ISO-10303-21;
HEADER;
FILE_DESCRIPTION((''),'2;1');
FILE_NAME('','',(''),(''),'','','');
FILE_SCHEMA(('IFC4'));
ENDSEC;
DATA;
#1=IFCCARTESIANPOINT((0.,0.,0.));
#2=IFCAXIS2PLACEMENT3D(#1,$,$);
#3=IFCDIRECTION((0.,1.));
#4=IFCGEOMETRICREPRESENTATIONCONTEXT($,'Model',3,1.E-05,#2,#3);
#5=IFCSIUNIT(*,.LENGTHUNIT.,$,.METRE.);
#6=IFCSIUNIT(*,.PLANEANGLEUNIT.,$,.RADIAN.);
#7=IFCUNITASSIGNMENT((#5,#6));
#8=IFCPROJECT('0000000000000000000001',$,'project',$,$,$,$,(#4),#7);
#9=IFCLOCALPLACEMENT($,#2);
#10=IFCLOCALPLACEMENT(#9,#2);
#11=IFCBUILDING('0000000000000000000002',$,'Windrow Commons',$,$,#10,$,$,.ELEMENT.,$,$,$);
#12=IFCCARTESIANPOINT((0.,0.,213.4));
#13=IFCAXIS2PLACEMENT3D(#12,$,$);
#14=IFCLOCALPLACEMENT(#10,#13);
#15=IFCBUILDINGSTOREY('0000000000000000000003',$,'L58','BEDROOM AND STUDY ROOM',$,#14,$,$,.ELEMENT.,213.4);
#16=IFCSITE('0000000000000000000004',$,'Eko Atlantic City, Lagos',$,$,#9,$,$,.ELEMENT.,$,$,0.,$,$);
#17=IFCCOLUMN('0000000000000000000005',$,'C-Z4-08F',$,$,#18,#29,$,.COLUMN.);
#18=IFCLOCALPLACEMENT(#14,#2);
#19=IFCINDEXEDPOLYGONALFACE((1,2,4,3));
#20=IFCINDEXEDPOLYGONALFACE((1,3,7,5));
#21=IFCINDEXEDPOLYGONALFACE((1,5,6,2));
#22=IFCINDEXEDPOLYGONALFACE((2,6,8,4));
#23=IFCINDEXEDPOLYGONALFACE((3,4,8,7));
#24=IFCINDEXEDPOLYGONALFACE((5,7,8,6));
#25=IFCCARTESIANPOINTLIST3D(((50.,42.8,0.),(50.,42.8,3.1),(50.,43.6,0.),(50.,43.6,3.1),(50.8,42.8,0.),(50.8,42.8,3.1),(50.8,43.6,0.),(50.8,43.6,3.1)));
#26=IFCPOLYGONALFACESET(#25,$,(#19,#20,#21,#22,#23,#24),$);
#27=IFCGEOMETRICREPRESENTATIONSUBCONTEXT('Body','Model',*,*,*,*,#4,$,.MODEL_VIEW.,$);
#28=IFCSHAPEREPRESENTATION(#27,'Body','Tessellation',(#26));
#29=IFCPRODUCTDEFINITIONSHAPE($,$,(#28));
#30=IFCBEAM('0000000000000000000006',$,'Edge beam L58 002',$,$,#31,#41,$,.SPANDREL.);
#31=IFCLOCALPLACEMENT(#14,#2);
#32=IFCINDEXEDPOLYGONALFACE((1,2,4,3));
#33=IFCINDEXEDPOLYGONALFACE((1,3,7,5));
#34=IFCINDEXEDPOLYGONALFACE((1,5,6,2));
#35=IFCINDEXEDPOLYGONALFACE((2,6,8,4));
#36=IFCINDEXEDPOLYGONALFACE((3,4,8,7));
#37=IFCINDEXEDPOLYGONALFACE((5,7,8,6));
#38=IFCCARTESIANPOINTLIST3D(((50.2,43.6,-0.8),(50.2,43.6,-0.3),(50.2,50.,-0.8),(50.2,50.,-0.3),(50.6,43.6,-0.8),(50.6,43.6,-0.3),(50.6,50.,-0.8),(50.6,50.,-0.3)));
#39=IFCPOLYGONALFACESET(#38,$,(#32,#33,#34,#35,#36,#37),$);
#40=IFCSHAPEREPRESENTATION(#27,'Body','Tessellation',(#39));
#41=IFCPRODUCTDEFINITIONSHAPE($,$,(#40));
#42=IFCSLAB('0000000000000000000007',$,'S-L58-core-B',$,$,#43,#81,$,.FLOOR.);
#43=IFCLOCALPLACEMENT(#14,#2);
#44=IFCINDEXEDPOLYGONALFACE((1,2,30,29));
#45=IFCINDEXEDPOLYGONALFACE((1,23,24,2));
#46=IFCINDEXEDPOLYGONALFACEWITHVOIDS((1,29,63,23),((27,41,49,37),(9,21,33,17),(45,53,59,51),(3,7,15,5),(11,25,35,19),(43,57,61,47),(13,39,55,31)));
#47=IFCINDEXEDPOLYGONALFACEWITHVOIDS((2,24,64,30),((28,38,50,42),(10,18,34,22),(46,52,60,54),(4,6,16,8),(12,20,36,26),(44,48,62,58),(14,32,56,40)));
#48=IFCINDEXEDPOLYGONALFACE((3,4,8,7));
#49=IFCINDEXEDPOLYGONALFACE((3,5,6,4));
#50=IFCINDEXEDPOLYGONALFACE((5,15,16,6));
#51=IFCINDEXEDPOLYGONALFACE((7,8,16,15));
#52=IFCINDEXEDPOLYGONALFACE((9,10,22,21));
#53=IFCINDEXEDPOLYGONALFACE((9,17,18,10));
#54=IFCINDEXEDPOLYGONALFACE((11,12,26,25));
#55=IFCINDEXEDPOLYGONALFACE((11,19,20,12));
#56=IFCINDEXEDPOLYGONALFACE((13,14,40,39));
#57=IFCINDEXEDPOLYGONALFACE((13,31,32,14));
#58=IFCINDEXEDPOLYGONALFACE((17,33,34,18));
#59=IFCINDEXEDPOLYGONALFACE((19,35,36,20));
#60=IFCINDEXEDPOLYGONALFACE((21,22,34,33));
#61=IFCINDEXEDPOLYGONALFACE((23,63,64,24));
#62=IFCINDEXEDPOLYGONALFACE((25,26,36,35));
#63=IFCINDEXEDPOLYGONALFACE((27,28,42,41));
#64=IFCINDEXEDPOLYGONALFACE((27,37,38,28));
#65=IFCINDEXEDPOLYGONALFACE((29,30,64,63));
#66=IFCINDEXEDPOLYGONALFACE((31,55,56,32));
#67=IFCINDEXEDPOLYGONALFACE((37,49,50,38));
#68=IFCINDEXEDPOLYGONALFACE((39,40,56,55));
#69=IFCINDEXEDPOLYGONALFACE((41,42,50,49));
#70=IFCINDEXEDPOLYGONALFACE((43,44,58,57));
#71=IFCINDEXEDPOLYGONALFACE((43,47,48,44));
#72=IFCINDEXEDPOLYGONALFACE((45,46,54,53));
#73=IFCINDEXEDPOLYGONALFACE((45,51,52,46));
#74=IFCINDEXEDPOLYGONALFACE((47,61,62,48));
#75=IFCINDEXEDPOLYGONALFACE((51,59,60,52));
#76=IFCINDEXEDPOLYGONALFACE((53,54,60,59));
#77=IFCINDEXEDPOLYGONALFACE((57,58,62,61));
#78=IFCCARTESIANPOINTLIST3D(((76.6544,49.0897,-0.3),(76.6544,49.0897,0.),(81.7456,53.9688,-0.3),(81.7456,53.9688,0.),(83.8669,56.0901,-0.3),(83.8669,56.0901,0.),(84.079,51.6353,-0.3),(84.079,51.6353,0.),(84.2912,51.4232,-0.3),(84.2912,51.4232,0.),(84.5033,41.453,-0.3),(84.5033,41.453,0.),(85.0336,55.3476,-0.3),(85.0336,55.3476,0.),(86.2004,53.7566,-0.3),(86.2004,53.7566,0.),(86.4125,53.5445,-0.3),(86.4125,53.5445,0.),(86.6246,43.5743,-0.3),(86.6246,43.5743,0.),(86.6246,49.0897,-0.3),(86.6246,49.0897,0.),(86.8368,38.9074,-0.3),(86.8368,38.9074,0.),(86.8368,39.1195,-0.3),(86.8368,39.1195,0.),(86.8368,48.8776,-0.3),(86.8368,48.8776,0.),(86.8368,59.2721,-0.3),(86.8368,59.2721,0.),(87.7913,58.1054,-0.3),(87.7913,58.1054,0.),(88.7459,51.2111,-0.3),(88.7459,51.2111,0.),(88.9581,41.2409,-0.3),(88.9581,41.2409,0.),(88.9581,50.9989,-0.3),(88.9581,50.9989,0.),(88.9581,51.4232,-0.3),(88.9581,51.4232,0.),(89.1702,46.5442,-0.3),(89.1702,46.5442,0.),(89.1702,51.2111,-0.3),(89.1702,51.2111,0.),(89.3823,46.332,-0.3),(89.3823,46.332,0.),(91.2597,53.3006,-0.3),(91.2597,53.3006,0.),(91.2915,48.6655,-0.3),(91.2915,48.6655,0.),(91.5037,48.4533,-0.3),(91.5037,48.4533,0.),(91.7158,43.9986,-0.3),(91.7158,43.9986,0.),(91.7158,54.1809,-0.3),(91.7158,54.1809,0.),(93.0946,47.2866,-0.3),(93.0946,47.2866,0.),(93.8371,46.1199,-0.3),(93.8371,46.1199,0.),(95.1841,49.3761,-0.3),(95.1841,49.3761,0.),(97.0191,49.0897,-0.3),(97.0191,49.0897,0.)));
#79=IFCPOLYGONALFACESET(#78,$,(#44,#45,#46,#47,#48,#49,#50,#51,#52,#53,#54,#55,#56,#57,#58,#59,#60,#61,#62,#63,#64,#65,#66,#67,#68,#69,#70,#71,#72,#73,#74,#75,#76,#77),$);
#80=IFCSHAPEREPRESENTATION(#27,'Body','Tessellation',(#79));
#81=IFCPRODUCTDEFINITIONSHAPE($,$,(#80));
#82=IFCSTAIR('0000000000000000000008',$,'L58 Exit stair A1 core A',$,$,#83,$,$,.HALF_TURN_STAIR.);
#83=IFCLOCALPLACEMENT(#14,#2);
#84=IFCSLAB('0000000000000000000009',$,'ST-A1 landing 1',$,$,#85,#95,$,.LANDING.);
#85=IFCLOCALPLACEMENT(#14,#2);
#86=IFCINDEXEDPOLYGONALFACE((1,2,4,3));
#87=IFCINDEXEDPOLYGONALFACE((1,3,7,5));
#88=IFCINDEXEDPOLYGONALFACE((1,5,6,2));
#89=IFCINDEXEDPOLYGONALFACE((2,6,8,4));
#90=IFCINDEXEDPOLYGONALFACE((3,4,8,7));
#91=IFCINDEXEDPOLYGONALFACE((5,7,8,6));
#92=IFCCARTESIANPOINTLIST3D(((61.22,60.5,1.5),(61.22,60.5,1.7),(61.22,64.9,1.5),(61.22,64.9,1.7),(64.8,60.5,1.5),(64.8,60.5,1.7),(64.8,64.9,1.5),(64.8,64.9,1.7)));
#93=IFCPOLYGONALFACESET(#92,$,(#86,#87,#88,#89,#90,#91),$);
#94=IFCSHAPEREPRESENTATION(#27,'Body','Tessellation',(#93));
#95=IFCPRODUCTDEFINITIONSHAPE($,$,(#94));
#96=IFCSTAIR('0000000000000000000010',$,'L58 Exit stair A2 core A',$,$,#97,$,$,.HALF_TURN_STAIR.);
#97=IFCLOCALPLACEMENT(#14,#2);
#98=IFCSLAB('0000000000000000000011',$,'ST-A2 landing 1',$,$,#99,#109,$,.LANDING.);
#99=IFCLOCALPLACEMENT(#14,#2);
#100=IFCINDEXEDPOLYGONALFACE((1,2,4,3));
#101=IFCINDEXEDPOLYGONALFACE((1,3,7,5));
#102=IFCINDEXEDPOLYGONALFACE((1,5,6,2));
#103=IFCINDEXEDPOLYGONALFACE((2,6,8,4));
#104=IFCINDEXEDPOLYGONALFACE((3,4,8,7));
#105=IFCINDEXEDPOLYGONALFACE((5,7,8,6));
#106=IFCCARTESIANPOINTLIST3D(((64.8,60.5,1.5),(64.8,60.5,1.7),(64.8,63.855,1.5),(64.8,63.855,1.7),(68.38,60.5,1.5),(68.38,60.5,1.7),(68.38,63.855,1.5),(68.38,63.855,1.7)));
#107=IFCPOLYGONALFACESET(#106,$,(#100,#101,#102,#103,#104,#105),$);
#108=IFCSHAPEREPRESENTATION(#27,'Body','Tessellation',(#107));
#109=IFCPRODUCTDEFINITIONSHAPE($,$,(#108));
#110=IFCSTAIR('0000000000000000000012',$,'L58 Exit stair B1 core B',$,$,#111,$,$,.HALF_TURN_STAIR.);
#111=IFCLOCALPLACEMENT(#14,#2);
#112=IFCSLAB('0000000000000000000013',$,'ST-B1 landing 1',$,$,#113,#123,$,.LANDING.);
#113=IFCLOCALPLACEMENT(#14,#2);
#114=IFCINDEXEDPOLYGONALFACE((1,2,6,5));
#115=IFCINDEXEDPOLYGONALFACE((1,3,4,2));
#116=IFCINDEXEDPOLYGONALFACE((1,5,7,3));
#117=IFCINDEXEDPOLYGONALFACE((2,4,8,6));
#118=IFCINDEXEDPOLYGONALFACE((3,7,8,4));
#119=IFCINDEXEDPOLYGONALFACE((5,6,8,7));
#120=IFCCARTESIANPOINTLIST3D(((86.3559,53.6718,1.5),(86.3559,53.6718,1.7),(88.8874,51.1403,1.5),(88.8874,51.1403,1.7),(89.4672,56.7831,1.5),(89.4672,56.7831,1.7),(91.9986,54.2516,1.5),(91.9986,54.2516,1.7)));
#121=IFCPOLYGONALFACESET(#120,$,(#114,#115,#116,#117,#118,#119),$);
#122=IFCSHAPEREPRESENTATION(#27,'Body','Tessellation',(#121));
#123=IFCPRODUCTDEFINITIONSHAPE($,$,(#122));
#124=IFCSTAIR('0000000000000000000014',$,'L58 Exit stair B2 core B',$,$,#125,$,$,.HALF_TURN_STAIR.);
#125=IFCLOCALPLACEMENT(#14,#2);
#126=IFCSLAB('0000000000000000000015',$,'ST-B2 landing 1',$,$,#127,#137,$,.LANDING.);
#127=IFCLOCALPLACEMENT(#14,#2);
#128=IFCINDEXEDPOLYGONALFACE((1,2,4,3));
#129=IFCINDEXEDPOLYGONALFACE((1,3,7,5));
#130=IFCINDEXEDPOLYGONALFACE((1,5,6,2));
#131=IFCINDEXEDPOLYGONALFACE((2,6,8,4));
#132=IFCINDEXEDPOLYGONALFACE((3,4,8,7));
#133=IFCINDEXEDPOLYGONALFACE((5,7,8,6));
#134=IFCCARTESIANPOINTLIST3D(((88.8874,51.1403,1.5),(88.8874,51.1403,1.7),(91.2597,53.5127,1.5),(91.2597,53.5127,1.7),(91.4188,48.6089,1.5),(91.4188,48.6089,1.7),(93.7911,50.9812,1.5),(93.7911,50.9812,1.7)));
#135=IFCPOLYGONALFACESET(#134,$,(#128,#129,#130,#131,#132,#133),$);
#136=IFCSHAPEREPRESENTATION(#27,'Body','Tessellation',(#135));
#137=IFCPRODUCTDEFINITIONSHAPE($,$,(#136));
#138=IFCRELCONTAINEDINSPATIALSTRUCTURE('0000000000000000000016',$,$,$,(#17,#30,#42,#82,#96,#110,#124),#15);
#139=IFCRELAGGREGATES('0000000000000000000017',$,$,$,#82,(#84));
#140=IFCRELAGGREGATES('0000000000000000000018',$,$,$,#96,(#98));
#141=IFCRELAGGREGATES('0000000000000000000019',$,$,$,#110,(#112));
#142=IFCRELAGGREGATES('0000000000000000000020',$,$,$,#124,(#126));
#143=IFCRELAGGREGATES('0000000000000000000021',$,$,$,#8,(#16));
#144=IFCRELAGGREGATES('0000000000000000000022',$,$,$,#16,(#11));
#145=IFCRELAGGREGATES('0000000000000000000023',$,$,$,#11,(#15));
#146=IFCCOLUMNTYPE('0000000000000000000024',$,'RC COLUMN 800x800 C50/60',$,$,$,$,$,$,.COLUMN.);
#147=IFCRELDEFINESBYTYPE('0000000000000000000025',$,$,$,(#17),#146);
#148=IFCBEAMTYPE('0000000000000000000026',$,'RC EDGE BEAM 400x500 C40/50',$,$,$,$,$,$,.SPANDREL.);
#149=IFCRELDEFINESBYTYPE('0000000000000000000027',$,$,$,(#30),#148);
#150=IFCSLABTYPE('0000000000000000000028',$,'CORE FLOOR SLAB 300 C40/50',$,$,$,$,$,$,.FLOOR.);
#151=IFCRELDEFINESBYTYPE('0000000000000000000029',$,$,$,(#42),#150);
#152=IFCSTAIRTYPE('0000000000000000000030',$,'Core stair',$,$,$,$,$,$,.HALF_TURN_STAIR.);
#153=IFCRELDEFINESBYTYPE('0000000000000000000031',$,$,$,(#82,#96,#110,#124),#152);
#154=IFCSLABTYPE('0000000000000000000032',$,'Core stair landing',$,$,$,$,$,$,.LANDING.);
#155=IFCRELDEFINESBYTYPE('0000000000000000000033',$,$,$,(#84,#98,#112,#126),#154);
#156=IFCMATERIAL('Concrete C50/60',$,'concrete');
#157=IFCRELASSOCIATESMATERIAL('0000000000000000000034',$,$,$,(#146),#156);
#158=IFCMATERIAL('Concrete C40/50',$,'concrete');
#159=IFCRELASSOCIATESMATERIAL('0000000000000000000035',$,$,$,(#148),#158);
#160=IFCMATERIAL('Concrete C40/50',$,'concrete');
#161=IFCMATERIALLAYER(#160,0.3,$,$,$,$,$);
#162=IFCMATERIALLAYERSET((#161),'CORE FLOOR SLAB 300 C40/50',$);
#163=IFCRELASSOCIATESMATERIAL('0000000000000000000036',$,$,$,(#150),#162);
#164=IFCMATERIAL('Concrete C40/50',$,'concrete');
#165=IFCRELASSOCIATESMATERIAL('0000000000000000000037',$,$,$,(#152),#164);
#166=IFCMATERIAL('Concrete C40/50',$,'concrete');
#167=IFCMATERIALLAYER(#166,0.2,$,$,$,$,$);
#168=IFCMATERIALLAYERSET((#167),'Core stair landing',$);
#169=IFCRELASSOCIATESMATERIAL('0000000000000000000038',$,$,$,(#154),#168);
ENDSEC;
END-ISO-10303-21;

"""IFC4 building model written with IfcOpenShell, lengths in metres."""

from ifc_helpers import new_model, si_unit, direction, frame, origin, origin_2d, place, context, subcontext, project, spatial, polyline, rectangle, outline, extrude, material, layer, layer_set, material_profile, profile_set, type_object, element, aggregate, save


model = new_model("IFC4")

# Units and contexts
model_context = context("Model", 3, precision=1e-05, world=origin(), true_north=direction((0.0, 1.0)))
body_context = subcontext(model_context, "Body", "Model", "MODEL_VIEW")
ifc_project = project(units=[si_unit("LENGTHUNIT", "METRE"), si_unit("PLANEANGLEUNIT", "RADIAN")], contexts=[model_context])

# Site, building, storey
site_placement = place(None, origin())
site = spatial("IfcSite", under=ifc_project, at=site_placement, Name="Eko Atlantic City, Lagos", CompositionType="ELEMENT", RefElevation=0.0)
building_placement = place(site_placement, origin())
building = spatial("IfcBuilding", under=site, at=building_placement, Name="Windrow Commons", CompositionType="ELEMENT")
storey_placement = place(building_placement, frame((0.0, 0.0, 213.4)))
storey = spatial("IfcBuildingStorey", under=building, at=storey_placement, Name="L58", Description="BEDROOM AND STUDY ROOM", CompositionType="ELEMENT", Elevation=213.4)

# Column
ifc_material_1 = material(Name="Concrete C50/60", Category="concrete")
ifc_material_profile_1 = material_profile(ifc_material_1, rectangle(XDim=0.8, YDim=0.8, at=origin_2d()))
ifc_profile_set_1 = profile_set([ifc_material_profile_1], Name="Concrete C50/60")
column_type = type_object("IfcColumnType", Name="RC COLUMN 800x800 C50/60", PredefinedType="COLUMN", material=ifc_profile_set_1)
column_placement = place(storey_placement, frame((50.4, 43.2, 0.0), z_axis=(0.0, 0.0, 1.0), x_axis=(1.0, 0.0, 0.0)))
element("IfcColumn", 1, at=column_placement, inside=storey, type_object=column_type, Name="C-Z4-08F", PredefinedType="COLUMN", context=body_context, shape_type="SweptSolid", body=[
    extrude(rectangle(XDim=0.8, YDim=0.8, at=origin_2d()), origin(), (0.0, 0.0, 1.0), 3.1),
])

# Beam
ifc_material_2 = material(Name="Concrete C40/50", Category="concrete")
ifc_material_profile_2 = material_profile(ifc_material_2, rectangle(XDim=0.4, YDim=0.5, at=origin_2d()))
ifc_profile_set_2 = profile_set([ifc_material_profile_2], Name="Concrete C40/50")
beam_type = type_object("IfcBeamType", Name="RC EDGE BEAM 400x500 C40/50", PredefinedType="SPANDREL", material=ifc_profile_set_2)
beam_placement = place(storey_placement, frame((50.4, 43.6, -0.55), z_axis=(0.0, 1.0, 0.0), x_axis=(-1.0, 0.0, 0.0)))
element("IfcBeam", 2, at=beam_placement, inside=storey, type_object=beam_type, Name="Edge beam L58 002", PredefinedType="SPANDREL", context=body_context, shape_type="SweptSolid", body=[
    extrude(rectangle(XDim=0.4, YDim=0.5, at=origin_2d()), origin(), (0.0, 0.0, 1.0), 6.4),
])

# Slab, openings
ifc_material_3 = material(Name="Concrete C40/50", Category="concrete")
ifc_layer_1 = layer(ifc_material_3, 0.3)
ifc_layer_set_1 = layer_set([ifc_layer_1], Name="CORE FLOOR SLAB 300 C40/50")
slab_type_1 = type_object("IfcSlabType", Name="CORE FLOOR SLAB 300 C40/50", PredefinedType="FLOOR", material=ifc_layer_set_1)
placement_1 = place(storey_placement, frame((0.0, 0.0, -0.3)))
slab_1 = element("IfcSlab", 3, at=placement_1, inside=storey, type_object=slab_type_1, Name="S-L58-core-B", PredefinedType="FLOOR", context=body_context, shape_type="SweptSolid", body=[
    extrude(outline(polyline([(76.6544, 49.0897), (86.8368, 38.9074), (97.0191, 49.0897), (86.8368, 59.2721), (76.6544, 49.0897)]), holes=[polyline([(84.5033, 41.453), (86.8368, 39.1195), (88.9581, 41.2409), (86.6246, 43.5743), (84.5033, 41.453)]), polyline([(81.7456, 53.9688), (84.079, 51.6353), (86.2004, 53.7566), (83.8669, 56.0901), (81.7456, 53.9688)]), polyline([(84.2912, 51.4232), (86.6246, 49.0897), (88.7459, 51.2111), (86.4125, 53.5445), (84.2912, 51.4232)]), polyline([(86.8368, 48.8776), (89.1702, 46.5442), (91.2915, 48.6655), (88.9581, 50.9989), (86.8368, 48.8776)]), polyline([(89.3823, 46.332), (91.7158, 43.9986), (93.8371, 46.1199), (91.5037, 48.4533), (89.3823, 46.332)]), polyline([(85.0336, 55.3476), (88.9581, 51.4232), (91.7158, 54.1809), (87.7913, 58.1054), (85.0336, 55.3476)]), polyline([(89.1702, 51.2111), (93.0946, 47.2866), (95.1841, 49.3761), (91.2597, 53.3006), (89.1702, 51.2111)])]), origin(), (0.0, 0.0, 1.0), 0.3),
])
opening_1_placement = place(placement_1, origin())
element("IfcOpeningElement", 4, at=opening_1_placement, cuts=slab_1, PredefinedType="OPENING", context=body_context, shape_type="SweptSolid", body=[
    extrude(outline(polyline([(84.5104, 41.453), (86.6246, 43.5672), (88.951, 41.2409), (86.8368, 39.1266), (84.5104, 41.453)])), origin(), (0.0, 0.0, 1.0), 0.3),
])
opening_2_placement = place(placement_1, origin())
element("IfcOpeningElement", 5, at=opening_2_placement, cuts=slab_1, PredefinedType="OPENING", context=body_context, shape_type="SweptSolid", body=[
    extrude(outline(polyline([(81.7527, 53.9688), (83.8669, 56.083), (86.1933, 53.7566), (84.079, 51.6424), (81.7527, 53.9688)])), origin(), (0.0, 0.0, 1.0), 0.3),
])
opening_3_placement = place(placement_1, origin())
element("IfcOpeningElement", 6, at=opening_3_placement, cuts=slab_1, PredefinedType="OPENING", context=body_context, shape_type="SweptSolid", body=[
    extrude(outline(polyline([(84.2983, 51.4232), (86.4125, 53.5374), (88.7388, 51.2111), (86.6246, 49.0968), (84.2983, 51.4232)])), origin(), (0.0, 0.0, 1.0), 0.3),
])
opening_4_placement = place(placement_1, origin())
element("IfcOpeningElement", 7, at=opening_4_placement, cuts=slab_1, PredefinedType="OPENING", context=body_context, shape_type="SweptSolid", body=[
    extrude(outline(polyline([(86.8439, 48.8776), (88.9581, 50.9918), (91.2844, 48.6655), (89.1702, 46.5513), (86.8439, 48.8776)])), origin(), (0.0, 0.0, 1.0), 0.3),
])
opening_5_placement = place(placement_1, origin())
element("IfcOpeningElement", 8, at=opening_5_placement, cuts=slab_1, PredefinedType="OPENING", context=body_context, shape_type="SweptSolid", body=[
    extrude(outline(polyline([(89.3894, 46.332), (91.5037, 48.4462), (93.83, 46.1199), (91.7158, 44.0057), (89.3894, 46.332)])), origin(), (0.0, 0.0, 1.0), 0.3),
])
opening_6_placement = place(placement_1, origin())
element("IfcOpeningElement", 9, at=opening_6_placement, cuts=slab_1, PredefinedType="OPENING", context=body_context, shape_type="SweptSolid", body=[
    extrude(outline(polyline([(85.0407, 55.3476), (87.7913, 58.0983), (91.7087, 54.1809), (88.9581, 51.4303), (85.0407, 55.3476)])), origin(), (0.0, 0.0, 1.0), 0.3),
])
opening_7_placement = place(placement_1, origin())
element("IfcOpeningElement", 10, at=opening_7_placement, cuts=slab_1, PredefinedType="OPENING", context=body_context, shape_type="SweptSolid", body=[
    extrude(outline(polyline([(89.1773, 51.2111), (91.2597, 53.2935), (95.177, 49.3761), (93.0946, 47.2937), (89.1773, 51.2111)])), origin(), (0.0, 0.0, 1.0), 0.3),
])

# Stairs, slabs
ifc_material_4 = material(Name="Concrete C40/50", Category="concrete")
stair_type = type_object("IfcStairType", Name="Core stair", PredefinedType="HALF_TURN_STAIR", material=ifc_material_4)
placement_2 = place(storey_placement, origin())
stair_1 = element("IfcStair", 11, at=placement_2, inside=storey, type_object=stair_type, Name="L58 Exit stair A1 core A", PredefinedType="HALF_TURN_STAIR")
ifc_material_5 = material(Name="Concrete C40/50", Category="concrete")
ifc_layer_2 = layer(ifc_material_5, 0.2)
ifc_layer_set_2 = layer_set([ifc_layer_2], Name="Core stair landing")
slab_type_2 = type_object("IfcSlabType", Name="Core stair landing", PredefinedType="LANDING", material=ifc_layer_set_2)
placement_3 = place(storey_placement, frame((0.0, 0.0, 1.5)))
slab_2 = element("IfcSlab", 12, at=placement_3, type_object=slab_type_2, Name="ST-A1 landing 1", PredefinedType="LANDING", context=body_context, shape_type="SweptSolid", body=[
    extrude(outline(polyline([(61.22, 60.5), (64.8, 60.5), (64.8, 64.9), (61.22, 64.9), (61.22, 60.5)])), origin(), (0.0, 0.0, 1.0), 0.2),
])
aggregate(stair_1, [slab_2])
stair_2 = element("IfcStair", 13, at=placement_2, inside=storey, type_object=stair_type, Name="L58 Exit stair A2 core A", PredefinedType="HALF_TURN_STAIR")
slab_3 = element("IfcSlab", 14, at=placement_3, type_object=slab_type_2, Name="ST-A2 landing 1", PredefinedType="LANDING", context=body_context, shape_type="SweptSolid", body=[
    extrude(outline(polyline([(64.8, 60.5), (68.38, 60.5), (68.38, 63.855), (64.8, 63.855), (64.8, 60.5)])), origin(), (0.0, 0.0, 1.0), 0.2),
])
aggregate(stair_2, [slab_3])
stair_3 = element("IfcStair", 15, at=placement_2, inside=storey, type_object=stair_type, Name="L58 Exit stair B1 core B", PredefinedType="HALF_TURN_STAIR")
slab_4 = element("IfcSlab", 16, at=placement_3, type_object=slab_type_2, Name="ST-B1 landing 1", PredefinedType="LANDING", context=body_context, shape_type="SweptSolid", body=[
    extrude(outline(polyline([(86.3559, 53.6718), (88.8874, 51.1403), (91.9986, 54.2516), (89.4672, 56.7831), (86.3559, 53.6718)])), origin(), (0.0, 0.0, 1.0), 0.2),
])
aggregate(stair_3, [slab_4])
stair_4 = element("IfcStair", 17, at=placement_2, inside=storey, type_object=stair_type, Name="L58 Exit stair B2 core B", PredefinedType="HALF_TURN_STAIR")
slab_5 = element("IfcSlab", 18, at=placement_3, type_object=slab_type_2, Name="ST-B2 landing 1", PredefinedType="LANDING", context=body_context, shape_type="SweptSolid", body=[
    extrude(outline(polyline([(88.8874, 51.1403), (91.4188, 48.6089), (93.7911, 50.9812), (91.2597, 53.5127), (88.8874, 51.1403)])), origin(), (0.0, 0.0, 1.0), 0.2),
])
aggregate(stair_4, [slab_5])

save(model, "model.ifc")
